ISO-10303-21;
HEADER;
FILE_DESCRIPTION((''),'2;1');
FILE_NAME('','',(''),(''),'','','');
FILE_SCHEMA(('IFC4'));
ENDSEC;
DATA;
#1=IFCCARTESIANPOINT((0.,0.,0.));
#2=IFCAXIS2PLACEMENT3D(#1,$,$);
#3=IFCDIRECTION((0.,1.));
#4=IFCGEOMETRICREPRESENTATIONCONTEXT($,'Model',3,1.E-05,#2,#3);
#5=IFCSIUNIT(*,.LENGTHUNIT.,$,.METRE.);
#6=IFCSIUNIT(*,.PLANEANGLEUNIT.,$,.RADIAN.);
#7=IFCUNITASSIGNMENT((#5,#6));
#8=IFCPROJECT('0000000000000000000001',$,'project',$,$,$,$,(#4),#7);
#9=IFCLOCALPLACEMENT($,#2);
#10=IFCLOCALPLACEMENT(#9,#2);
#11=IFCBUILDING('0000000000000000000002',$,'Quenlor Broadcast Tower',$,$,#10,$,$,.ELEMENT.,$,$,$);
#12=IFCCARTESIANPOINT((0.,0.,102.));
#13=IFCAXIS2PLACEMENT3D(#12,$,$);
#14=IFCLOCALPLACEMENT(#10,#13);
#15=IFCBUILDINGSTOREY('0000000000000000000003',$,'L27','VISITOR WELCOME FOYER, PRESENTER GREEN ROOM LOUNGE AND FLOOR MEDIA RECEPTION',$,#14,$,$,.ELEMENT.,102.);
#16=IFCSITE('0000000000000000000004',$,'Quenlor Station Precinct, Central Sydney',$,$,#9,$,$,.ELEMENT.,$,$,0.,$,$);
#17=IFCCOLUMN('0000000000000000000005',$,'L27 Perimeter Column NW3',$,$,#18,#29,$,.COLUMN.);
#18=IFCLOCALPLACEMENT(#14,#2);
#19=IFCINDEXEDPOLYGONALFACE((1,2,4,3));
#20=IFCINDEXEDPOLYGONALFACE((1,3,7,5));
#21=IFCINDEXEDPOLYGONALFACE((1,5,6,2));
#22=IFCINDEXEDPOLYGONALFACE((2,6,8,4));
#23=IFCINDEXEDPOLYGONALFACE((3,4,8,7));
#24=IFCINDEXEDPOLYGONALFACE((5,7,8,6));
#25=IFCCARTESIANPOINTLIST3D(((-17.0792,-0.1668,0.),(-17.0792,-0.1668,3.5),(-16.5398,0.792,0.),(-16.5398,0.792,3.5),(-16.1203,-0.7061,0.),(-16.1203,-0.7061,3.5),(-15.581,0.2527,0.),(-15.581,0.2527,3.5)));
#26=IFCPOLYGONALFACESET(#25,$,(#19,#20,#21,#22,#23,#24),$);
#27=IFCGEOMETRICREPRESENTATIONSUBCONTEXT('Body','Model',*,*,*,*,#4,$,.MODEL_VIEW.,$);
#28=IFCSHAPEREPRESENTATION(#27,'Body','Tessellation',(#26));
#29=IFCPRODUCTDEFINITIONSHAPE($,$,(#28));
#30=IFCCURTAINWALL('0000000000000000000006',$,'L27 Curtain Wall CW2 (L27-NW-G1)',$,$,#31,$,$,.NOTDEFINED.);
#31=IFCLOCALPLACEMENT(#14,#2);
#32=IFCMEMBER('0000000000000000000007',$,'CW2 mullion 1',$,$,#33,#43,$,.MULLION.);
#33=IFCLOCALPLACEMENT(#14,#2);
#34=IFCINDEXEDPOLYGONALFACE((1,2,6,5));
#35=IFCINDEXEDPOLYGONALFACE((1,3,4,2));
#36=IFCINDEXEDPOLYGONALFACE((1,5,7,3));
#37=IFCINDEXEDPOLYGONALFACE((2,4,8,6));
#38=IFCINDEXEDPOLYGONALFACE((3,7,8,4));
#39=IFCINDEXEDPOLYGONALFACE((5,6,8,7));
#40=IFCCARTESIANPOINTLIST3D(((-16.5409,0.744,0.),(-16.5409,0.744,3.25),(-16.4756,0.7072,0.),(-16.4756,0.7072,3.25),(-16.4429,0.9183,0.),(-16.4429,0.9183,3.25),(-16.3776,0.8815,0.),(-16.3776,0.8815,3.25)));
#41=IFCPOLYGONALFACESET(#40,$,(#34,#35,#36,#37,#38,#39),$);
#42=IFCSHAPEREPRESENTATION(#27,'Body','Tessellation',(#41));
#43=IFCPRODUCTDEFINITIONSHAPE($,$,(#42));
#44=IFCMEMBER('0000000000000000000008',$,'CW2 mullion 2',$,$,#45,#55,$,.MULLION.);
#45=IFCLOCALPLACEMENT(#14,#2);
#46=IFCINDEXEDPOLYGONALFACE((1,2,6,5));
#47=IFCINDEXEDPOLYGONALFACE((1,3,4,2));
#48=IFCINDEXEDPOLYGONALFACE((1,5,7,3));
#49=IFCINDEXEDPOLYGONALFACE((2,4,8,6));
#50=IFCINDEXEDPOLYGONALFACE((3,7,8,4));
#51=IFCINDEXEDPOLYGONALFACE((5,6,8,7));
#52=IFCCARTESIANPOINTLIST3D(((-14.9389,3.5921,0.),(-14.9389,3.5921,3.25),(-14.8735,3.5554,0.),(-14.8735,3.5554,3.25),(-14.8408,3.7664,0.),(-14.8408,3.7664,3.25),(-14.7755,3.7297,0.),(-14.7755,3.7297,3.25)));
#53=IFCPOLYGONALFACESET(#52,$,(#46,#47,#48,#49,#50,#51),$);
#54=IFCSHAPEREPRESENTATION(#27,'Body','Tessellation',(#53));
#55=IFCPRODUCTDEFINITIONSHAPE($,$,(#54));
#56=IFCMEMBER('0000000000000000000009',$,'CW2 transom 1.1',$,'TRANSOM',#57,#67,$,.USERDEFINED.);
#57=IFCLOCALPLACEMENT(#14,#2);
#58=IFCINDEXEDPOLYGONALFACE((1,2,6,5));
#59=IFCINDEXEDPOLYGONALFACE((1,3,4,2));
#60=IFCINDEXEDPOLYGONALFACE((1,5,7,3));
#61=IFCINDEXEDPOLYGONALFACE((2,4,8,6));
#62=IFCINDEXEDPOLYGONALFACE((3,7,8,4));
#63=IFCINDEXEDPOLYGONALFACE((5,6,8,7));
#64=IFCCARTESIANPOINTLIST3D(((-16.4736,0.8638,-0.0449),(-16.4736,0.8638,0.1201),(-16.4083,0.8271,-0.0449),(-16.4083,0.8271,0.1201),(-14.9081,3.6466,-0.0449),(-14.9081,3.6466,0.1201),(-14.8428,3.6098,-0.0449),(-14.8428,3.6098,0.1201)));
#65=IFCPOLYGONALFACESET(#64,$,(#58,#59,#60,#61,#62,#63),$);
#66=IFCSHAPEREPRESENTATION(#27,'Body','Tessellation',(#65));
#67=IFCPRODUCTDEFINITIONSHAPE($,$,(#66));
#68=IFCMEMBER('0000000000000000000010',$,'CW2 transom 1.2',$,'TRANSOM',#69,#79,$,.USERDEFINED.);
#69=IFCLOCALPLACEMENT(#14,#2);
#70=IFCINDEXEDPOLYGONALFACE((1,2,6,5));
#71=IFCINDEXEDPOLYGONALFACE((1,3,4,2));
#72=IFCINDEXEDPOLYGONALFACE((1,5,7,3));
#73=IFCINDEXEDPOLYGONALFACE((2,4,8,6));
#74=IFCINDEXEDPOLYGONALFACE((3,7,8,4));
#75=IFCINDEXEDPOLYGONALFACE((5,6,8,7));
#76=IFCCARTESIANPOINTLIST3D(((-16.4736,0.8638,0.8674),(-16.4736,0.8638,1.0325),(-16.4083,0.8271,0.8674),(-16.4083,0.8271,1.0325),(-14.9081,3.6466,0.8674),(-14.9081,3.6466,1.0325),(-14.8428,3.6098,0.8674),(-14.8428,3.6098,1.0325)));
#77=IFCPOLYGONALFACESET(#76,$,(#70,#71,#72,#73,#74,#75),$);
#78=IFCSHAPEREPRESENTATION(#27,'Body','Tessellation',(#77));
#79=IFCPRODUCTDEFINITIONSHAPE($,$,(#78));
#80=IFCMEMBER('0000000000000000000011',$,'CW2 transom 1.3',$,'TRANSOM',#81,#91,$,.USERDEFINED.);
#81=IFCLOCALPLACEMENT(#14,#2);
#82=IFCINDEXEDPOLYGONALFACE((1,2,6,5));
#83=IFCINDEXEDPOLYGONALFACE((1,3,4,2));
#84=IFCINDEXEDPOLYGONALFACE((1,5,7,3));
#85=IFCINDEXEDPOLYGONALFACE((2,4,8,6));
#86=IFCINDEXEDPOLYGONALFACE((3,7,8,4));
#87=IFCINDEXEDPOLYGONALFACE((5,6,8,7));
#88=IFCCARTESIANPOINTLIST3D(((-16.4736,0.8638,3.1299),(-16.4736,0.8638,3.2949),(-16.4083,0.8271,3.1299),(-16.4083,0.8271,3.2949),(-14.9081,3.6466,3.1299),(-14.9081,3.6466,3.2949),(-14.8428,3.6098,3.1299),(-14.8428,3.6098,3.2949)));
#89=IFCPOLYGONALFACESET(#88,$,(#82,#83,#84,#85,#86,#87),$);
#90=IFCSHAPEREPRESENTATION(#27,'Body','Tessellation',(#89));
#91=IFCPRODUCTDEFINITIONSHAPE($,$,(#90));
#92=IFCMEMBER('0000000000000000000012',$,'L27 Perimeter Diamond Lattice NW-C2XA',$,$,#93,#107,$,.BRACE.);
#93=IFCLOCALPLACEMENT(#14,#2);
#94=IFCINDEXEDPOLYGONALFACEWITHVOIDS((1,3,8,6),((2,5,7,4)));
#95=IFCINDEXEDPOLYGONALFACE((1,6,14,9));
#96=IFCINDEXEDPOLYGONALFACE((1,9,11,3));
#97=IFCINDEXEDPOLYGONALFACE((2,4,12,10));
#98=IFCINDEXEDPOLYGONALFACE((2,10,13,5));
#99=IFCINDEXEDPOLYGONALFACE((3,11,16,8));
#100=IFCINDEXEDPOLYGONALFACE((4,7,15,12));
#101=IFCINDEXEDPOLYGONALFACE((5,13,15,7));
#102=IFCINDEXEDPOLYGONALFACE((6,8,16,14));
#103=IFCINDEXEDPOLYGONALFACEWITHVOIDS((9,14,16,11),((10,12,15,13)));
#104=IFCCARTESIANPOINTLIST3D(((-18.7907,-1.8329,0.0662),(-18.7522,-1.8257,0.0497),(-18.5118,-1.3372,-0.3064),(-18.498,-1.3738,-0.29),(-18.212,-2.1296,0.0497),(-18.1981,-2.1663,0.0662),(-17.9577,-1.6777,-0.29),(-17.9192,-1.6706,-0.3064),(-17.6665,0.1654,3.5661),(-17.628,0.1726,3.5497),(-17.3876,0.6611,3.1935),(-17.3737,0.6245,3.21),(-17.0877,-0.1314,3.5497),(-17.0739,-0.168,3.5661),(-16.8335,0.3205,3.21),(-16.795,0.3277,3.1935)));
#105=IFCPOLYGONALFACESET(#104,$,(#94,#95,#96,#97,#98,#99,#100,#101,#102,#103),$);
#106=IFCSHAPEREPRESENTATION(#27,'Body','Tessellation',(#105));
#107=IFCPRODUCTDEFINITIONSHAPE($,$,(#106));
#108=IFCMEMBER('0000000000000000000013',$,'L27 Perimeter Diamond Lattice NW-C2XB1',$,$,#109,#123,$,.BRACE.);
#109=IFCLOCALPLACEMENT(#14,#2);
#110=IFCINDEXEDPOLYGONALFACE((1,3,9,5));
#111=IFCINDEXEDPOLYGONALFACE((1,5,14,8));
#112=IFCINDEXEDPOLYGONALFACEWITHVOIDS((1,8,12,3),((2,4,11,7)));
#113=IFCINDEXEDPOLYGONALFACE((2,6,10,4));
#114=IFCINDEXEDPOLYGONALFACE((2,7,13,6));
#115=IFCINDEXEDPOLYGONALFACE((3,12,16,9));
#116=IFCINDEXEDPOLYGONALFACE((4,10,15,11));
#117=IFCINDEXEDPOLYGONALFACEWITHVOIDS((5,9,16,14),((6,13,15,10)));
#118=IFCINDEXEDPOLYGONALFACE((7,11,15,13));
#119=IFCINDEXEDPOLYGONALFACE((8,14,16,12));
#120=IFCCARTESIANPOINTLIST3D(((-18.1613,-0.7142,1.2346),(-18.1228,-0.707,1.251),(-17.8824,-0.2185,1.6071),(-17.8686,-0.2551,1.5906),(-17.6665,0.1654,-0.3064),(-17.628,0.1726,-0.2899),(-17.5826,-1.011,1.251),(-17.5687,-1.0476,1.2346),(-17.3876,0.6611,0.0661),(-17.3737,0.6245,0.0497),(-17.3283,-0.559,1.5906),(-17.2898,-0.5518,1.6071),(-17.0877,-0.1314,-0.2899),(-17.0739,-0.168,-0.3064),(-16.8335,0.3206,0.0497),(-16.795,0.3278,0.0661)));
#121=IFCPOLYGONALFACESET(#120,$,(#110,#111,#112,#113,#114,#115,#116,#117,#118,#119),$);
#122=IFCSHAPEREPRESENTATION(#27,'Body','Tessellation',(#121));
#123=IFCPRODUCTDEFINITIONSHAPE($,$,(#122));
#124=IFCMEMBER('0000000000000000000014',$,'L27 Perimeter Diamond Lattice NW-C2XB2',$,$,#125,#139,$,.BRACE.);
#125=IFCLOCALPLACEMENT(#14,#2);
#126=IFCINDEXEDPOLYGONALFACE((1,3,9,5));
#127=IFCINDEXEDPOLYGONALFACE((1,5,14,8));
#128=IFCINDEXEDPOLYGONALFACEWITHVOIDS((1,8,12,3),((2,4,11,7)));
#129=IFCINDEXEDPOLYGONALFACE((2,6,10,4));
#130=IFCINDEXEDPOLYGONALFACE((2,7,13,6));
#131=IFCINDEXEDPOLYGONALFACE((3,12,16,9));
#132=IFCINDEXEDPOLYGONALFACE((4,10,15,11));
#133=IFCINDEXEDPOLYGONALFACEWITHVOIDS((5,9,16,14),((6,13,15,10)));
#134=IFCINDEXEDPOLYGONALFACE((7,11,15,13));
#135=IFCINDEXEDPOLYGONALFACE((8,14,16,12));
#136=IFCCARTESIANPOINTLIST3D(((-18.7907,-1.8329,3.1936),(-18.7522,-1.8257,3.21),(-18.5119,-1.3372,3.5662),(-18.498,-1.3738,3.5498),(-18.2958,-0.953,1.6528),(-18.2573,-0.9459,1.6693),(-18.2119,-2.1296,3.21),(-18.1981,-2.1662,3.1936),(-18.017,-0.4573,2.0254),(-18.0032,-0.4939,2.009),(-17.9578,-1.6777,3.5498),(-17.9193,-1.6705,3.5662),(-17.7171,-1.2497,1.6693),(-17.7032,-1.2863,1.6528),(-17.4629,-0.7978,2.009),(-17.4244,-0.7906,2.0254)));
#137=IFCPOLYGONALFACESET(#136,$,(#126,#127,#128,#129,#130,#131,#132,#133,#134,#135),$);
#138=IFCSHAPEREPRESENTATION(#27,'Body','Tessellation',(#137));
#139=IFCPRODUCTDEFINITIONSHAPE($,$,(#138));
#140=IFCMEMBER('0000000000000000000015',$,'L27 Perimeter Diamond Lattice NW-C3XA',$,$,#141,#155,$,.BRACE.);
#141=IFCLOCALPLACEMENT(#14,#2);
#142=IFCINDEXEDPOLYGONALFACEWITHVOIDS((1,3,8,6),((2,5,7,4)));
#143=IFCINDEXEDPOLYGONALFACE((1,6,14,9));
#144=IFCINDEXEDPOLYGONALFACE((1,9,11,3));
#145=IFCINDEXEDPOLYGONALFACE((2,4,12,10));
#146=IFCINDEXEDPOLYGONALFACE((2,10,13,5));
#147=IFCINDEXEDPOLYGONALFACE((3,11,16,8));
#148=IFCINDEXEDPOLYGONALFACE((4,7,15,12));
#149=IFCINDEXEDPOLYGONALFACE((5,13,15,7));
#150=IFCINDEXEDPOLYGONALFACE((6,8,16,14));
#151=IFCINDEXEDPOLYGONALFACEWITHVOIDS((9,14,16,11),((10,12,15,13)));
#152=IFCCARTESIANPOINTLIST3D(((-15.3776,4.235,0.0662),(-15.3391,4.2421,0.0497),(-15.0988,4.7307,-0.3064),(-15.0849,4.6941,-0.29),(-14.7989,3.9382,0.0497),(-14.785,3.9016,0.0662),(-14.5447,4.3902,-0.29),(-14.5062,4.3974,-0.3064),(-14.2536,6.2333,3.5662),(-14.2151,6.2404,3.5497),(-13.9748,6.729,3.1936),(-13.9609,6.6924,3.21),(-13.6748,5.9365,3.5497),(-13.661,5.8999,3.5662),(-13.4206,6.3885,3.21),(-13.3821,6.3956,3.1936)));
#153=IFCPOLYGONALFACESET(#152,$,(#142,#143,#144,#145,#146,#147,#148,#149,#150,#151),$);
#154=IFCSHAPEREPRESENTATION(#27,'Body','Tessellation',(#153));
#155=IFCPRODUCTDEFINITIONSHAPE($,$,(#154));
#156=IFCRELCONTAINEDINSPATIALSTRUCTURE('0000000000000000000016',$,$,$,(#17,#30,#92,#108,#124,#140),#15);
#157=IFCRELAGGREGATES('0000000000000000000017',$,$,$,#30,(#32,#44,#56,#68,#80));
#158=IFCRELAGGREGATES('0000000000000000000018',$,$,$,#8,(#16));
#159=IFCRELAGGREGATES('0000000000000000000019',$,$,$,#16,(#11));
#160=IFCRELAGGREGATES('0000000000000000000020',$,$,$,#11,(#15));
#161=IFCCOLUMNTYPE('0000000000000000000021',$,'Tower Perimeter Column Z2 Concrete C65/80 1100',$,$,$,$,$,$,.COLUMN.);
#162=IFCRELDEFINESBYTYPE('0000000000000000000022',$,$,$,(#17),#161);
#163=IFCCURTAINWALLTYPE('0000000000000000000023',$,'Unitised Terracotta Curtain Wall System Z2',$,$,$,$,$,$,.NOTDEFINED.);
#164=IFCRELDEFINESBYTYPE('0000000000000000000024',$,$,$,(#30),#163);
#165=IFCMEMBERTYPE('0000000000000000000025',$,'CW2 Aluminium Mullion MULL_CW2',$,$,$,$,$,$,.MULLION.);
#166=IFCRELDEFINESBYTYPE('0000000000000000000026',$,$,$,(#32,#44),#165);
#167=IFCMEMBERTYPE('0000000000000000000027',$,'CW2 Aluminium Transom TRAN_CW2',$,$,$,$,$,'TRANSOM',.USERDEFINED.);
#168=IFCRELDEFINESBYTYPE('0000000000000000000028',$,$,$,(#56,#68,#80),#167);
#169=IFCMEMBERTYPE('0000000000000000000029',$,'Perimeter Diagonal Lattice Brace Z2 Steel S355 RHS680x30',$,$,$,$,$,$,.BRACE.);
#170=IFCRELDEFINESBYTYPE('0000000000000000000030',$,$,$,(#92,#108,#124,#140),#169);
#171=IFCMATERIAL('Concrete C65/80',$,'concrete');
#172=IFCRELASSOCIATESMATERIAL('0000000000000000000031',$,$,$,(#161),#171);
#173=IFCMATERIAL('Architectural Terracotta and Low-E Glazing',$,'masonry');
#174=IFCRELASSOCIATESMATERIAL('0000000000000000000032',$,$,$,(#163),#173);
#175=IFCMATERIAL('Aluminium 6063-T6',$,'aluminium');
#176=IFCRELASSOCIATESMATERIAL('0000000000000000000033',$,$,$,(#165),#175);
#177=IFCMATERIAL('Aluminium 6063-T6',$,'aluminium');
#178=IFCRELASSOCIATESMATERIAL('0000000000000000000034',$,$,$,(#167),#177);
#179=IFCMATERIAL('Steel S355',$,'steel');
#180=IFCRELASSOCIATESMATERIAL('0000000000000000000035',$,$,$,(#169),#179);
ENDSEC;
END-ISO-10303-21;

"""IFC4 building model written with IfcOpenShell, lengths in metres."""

from ifc_helpers import new_model, si_unit, direction, frame, origin, origin_2d, place, context, subcontext, project, spatial, rectangle, hollow_rectangle, extrude, material, material_profile, profile_set, type_object, element, aggregate, save


model = new_model("IFC4")

# Units and contexts
model_context = context("Model", 3, precision=1e-05, world=origin(), true_north=direction((0.0, 1.0)))
body_context = subcontext(model_context, "Body", "Model", "MODEL_VIEW")
ifc_project = project(units=[si_unit("LENGTHUNIT", "METRE"), si_unit("PLANEANGLEUNIT", "RADIAN")], contexts=[model_context])

# Site, building, storey
site_placement = place(None, origin())
site = spatial("IfcSite", under=ifc_project, at=site_placement, Name="Quenlor Station Precinct, Central Sydney", CompositionType="ELEMENT", RefElevation=0.0)
building_placement = place(site_placement, origin())
building = spatial("IfcBuilding", under=site, at=building_placement, Name="Quenlor Broadcast Tower", CompositionType="ELEMENT")
storey_placement = place(building_placement, frame((0.0, 0.0, 102.0)))
storey = spatial("IfcBuildingStorey", under=building, at=storey_placement, Name="L27", Description="VISITOR WELCOME FOYER, PRESENTER GREEN ROOM LOUNGE AND FLOOR MEDIA RECEPTION", CompositionType="ELEMENT", Elevation=102.0)

# Column
ifc_material_1 = material(Name="Concrete C65/80", Category="concrete")
ifc_material_profile_1 = material_profile(ifc_material_1, rectangle(XDim=1.1001, YDim=1.1001, at=origin_2d()))
ifc_profile_set_1 = profile_set([ifc_material_profile_1], Name="Concrete C65/80 RC1100x1100")
column_type = type_object("IfcColumnType", Name="Tower Perimeter Column Z2 Concrete C65/80 1100", PredefinedType="COLUMN", material=ifc_profile_set_1)
column_placement = place(storey_placement, frame((-16.3301, 0.043, 0.0), z_axis=(0.0, 0.0, 1.0), x_axis=(-0.871575, 0.490262, 0.0)))
element("IfcColumn", 1, at=column_placement, inside=storey, type_object=column_type, Name="L27 Perimeter Column NW3", PredefinedType="COLUMN", context=body_context, shape_type="SweptSolid", body=[
    extrude(rectangle(XDim=1.1001, YDim=1.1001, at=origin_2d()), origin(), (0.0, 0.0, 1.0), 3.5),
])

# Curtain wall, members
ifc_material_2 = material(Name="Architectural Terracotta and Low-E Glazing", Category="masonry")
curtain_wall_type = type_object("IfcCurtainWallType", Name="Unitised Terracotta Curtain Wall System Z2", PredefinedType="NOTDEFINED", material=ifc_material_2)
curtain_wall_placement = place(storey_placement, origin())
curtain_wall = element("IfcCurtainWall", 2, at=curtain_wall_placement, inside=storey, type_object=curtain_wall_type, Name="L27 Curtain Wall CW2 (L27-NW-G1)", PredefinedType="NOTDEFINED")
ifc_material_3 = material(Name="Aluminium 6063-T6", Category="aluminium")
ifc_material_profile_2 = material_profile(ifc_material_3, rectangle(XDim=0.075, YDim=0.2, at=origin_2d()))
ifc_profile_set_2 = profile_set([ifc_material_profile_2], Name="Aluminium 6063-T6 MULL75x200")
member_type_1 = type_object("IfcMemberType", Name="CW2 Aluminium Mullion MULL_CW2", PredefinedType="MULLION", material=ifc_profile_set_2)
member_1_placement = place(storey_placement, frame((-16.4592, 0.8127, 0.0), z_axis=(0.0, 0.0, 1.0), x_axis=(-0.871576, 0.490261, 0.0)))
member_1 = element("IfcMember", 3, at=member_1_placement, type_object=member_type_1, Name="CW2 mullion 1", PredefinedType="MULLION", context=body_context, shape_type="SweptSolid", body=[
    extrude(rectangle(XDim=0.075, YDim=0.2, at=origin_2d()), origin(), (0.0, 0.0, 1.0), 3.25),
])
member_2_placement = place(storey_placement, frame((-14.8572, 3.6609, 0.0), z_axis=(0.0, 0.0, 1.0), x_axis=(-0.871576, 0.490261, 0.0)))
member_2 = element("IfcMember", 4, at=member_2_placement, type_object=member_type_1, Name="CW2 mullion 2", PredefinedType="MULLION", context=body_context, shape_type="SweptSolid", body=[
    extrude(rectangle(XDim=0.075, YDim=0.2, at=origin_2d()), origin(), (0.0, 0.0, 1.0), 3.25),
])
ifc_material_4 = material(Name="Aluminium 6063-T6", Category="aluminium")
ifc_material_profile_3 = material_profile(ifc_material_4, rectangle(XDim=0.075, YDim=0.165, at=origin_2d()))
ifc_profile_set_3 = profile_set([ifc_material_profile_3], Name="Aluminium 6063-T6 TRAN75x165")
member_type_2 = type_object("IfcMemberType", Name="CW2 Aluminium Transom TRAN_CW2", ElementType="TRANSOM", PredefinedType="USERDEFINED", material=ifc_profile_set_3)
member_3_placement = place(storey_placement, frame((-16.4409, 0.8455, 0.0376), z_axis=(0.490298, 0.871555, 0.0), x_axis=(-0.871555, 0.490298, 0.0)))
member_3 = element("IfcMember", 5, at=member_3_placement, type_object=member_type_2, Name="CW2 transom 1.1", ObjectType="TRANSOM", PredefinedType="USERDEFINED", context=body_context, shape_type="SweptSolid", body=[
    extrude(rectangle(XDim=0.075, YDim=0.165, at=origin_2d()), origin(), (0.0, 0.0, 1.0), 3.1929),
])
member_4_placement = place(storey_placement, frame((-16.4409, 0.8455, 0.95), z_axis=(0.490298, 0.871555, 0.0), x_axis=(-0.871555, 0.490298, 0.0)))
member_4 = element("IfcMember", 6, at=member_4_placement, type_object=member_type_2, Name="CW2 transom 1.2", ObjectType="TRANSOM", PredefinedType="USERDEFINED", context=body_context, shape_type="SweptSolid", body=[
    extrude(rectangle(XDim=0.075, YDim=0.165, at=origin_2d()), origin(), (0.0, 0.0, 1.0), 3.1929),
])
member_5_placement = place(storey_placement, frame((-16.4409, 0.8455, 3.2124), z_axis=(0.490298, 0.871555, 0.0), x_axis=(-0.871555, 0.490298, 0.0)))
member_5 = element("IfcMember", 7, at=member_5_placement, type_object=member_type_2, Name="CW2 transom 1.3", ObjectType="TRANSOM", PredefinedType="USERDEFINED", context=body_context, shape_type="SweptSolid", body=[
    extrude(rectangle(XDim=0.075, YDim=0.165, at=origin_2d()), origin(), (0.0, 0.0, 1.0), 3.1929),
])

# Members
ifc_material_5 = material(Name="Steel S355", Category="steel")
ifc_material_profile_4 = material_profile(ifc_material_5, hollow_rectangle(XDim=0.6799, YDim=0.6799, WallThickness=0.03, at=origin_2d()))
ifc_profile_set_4 = profile_set([ifc_material_profile_4], Name="Steel S355 RHS680x680x30")
member_type_3 = type_object("IfcMemberType", Name="Perimeter Diagonal Lattice Brace Z2 Steel S355 RHS680x30", PredefinedType="BRACE", material=ifc_profile_set_4)
member_6_placement = place(storey_placement, frame((-18.355, -1.7517, -0.1201), z_axis=(0.268697, 0.477585, 0.836489), x_axis=(-0.871533, 0.490337, 0.0)))
element("IfcMember", 8, at=member_6_placement, inside=storey, type_object=member_type_3, Name="L27 Perimeter Diamond Lattice NW-C2XA", PredefinedType="BRACE", context=body_context, shape_type="SweptSolid", body=[
    extrude(hollow_rectangle(XDim=0.6799, YDim=0.6799, WallThickness=0.03, at=origin_2d()), origin(), (0.0, 0.0, 1.0), 4.1841),
])
for number, where, z_axis, x_axis, name in (
    (9, (-17.2307, 0.2466, -0.1201), (-0.268644, -0.477515, 0.836546), (0.871543, -0.490319, 0.0), "L27 Perimeter Diamond Lattice NW-C2XB1"),
    (10, (-17.8601, -0.8718, 1.8391), (-0.268657, -0.477671, 0.836454), (0.871601, -0.490215, 0.0), "L27 Perimeter Diamond Lattice NW-C2XB2"),
):
    element("IfcMember", number, at=place(storey_placement, frame(where, z_axis=z_axis, x_axis=x_axis)), inside=storey, type_object=member_type_3, Name=name, PredefinedType="BRACE", context=body_context, shape_type="SweptSolid", body=[
        extrude(hollow_rectangle(XDim=0.6799, YDim=0.6799, WallThickness=0.03, at=origin_2d()), origin(), (0.0, 0.0, 1.0), 1.842),
    ])
member_7_placement = place(storey_placement, frame((-14.9419, 4.3162, -0.1201), z_axis=(0.268642, 0.477593, 0.836502), x_axis=(-0.871578, 0.490256, 0.0)))
element("IfcMember", 11, at=member_7_placement, inside=storey, type_object=member_type_3, Name="L27 Perimeter Diamond Lattice NW-C3XA", PredefinedType="BRACE", context=body_context, shape_type="SweptSolid", body=[
    extrude(hollow_rectangle(XDim=0.6799, YDim=0.6799, WallThickness=0.03, at=origin_2d()), origin(), (0.0, 0.0, 1.0), 4.1841),
])

aggregate(curtain_wall, [member_1, member_2, member_3, member_4, member_5])

save(model, "model.ifc")
